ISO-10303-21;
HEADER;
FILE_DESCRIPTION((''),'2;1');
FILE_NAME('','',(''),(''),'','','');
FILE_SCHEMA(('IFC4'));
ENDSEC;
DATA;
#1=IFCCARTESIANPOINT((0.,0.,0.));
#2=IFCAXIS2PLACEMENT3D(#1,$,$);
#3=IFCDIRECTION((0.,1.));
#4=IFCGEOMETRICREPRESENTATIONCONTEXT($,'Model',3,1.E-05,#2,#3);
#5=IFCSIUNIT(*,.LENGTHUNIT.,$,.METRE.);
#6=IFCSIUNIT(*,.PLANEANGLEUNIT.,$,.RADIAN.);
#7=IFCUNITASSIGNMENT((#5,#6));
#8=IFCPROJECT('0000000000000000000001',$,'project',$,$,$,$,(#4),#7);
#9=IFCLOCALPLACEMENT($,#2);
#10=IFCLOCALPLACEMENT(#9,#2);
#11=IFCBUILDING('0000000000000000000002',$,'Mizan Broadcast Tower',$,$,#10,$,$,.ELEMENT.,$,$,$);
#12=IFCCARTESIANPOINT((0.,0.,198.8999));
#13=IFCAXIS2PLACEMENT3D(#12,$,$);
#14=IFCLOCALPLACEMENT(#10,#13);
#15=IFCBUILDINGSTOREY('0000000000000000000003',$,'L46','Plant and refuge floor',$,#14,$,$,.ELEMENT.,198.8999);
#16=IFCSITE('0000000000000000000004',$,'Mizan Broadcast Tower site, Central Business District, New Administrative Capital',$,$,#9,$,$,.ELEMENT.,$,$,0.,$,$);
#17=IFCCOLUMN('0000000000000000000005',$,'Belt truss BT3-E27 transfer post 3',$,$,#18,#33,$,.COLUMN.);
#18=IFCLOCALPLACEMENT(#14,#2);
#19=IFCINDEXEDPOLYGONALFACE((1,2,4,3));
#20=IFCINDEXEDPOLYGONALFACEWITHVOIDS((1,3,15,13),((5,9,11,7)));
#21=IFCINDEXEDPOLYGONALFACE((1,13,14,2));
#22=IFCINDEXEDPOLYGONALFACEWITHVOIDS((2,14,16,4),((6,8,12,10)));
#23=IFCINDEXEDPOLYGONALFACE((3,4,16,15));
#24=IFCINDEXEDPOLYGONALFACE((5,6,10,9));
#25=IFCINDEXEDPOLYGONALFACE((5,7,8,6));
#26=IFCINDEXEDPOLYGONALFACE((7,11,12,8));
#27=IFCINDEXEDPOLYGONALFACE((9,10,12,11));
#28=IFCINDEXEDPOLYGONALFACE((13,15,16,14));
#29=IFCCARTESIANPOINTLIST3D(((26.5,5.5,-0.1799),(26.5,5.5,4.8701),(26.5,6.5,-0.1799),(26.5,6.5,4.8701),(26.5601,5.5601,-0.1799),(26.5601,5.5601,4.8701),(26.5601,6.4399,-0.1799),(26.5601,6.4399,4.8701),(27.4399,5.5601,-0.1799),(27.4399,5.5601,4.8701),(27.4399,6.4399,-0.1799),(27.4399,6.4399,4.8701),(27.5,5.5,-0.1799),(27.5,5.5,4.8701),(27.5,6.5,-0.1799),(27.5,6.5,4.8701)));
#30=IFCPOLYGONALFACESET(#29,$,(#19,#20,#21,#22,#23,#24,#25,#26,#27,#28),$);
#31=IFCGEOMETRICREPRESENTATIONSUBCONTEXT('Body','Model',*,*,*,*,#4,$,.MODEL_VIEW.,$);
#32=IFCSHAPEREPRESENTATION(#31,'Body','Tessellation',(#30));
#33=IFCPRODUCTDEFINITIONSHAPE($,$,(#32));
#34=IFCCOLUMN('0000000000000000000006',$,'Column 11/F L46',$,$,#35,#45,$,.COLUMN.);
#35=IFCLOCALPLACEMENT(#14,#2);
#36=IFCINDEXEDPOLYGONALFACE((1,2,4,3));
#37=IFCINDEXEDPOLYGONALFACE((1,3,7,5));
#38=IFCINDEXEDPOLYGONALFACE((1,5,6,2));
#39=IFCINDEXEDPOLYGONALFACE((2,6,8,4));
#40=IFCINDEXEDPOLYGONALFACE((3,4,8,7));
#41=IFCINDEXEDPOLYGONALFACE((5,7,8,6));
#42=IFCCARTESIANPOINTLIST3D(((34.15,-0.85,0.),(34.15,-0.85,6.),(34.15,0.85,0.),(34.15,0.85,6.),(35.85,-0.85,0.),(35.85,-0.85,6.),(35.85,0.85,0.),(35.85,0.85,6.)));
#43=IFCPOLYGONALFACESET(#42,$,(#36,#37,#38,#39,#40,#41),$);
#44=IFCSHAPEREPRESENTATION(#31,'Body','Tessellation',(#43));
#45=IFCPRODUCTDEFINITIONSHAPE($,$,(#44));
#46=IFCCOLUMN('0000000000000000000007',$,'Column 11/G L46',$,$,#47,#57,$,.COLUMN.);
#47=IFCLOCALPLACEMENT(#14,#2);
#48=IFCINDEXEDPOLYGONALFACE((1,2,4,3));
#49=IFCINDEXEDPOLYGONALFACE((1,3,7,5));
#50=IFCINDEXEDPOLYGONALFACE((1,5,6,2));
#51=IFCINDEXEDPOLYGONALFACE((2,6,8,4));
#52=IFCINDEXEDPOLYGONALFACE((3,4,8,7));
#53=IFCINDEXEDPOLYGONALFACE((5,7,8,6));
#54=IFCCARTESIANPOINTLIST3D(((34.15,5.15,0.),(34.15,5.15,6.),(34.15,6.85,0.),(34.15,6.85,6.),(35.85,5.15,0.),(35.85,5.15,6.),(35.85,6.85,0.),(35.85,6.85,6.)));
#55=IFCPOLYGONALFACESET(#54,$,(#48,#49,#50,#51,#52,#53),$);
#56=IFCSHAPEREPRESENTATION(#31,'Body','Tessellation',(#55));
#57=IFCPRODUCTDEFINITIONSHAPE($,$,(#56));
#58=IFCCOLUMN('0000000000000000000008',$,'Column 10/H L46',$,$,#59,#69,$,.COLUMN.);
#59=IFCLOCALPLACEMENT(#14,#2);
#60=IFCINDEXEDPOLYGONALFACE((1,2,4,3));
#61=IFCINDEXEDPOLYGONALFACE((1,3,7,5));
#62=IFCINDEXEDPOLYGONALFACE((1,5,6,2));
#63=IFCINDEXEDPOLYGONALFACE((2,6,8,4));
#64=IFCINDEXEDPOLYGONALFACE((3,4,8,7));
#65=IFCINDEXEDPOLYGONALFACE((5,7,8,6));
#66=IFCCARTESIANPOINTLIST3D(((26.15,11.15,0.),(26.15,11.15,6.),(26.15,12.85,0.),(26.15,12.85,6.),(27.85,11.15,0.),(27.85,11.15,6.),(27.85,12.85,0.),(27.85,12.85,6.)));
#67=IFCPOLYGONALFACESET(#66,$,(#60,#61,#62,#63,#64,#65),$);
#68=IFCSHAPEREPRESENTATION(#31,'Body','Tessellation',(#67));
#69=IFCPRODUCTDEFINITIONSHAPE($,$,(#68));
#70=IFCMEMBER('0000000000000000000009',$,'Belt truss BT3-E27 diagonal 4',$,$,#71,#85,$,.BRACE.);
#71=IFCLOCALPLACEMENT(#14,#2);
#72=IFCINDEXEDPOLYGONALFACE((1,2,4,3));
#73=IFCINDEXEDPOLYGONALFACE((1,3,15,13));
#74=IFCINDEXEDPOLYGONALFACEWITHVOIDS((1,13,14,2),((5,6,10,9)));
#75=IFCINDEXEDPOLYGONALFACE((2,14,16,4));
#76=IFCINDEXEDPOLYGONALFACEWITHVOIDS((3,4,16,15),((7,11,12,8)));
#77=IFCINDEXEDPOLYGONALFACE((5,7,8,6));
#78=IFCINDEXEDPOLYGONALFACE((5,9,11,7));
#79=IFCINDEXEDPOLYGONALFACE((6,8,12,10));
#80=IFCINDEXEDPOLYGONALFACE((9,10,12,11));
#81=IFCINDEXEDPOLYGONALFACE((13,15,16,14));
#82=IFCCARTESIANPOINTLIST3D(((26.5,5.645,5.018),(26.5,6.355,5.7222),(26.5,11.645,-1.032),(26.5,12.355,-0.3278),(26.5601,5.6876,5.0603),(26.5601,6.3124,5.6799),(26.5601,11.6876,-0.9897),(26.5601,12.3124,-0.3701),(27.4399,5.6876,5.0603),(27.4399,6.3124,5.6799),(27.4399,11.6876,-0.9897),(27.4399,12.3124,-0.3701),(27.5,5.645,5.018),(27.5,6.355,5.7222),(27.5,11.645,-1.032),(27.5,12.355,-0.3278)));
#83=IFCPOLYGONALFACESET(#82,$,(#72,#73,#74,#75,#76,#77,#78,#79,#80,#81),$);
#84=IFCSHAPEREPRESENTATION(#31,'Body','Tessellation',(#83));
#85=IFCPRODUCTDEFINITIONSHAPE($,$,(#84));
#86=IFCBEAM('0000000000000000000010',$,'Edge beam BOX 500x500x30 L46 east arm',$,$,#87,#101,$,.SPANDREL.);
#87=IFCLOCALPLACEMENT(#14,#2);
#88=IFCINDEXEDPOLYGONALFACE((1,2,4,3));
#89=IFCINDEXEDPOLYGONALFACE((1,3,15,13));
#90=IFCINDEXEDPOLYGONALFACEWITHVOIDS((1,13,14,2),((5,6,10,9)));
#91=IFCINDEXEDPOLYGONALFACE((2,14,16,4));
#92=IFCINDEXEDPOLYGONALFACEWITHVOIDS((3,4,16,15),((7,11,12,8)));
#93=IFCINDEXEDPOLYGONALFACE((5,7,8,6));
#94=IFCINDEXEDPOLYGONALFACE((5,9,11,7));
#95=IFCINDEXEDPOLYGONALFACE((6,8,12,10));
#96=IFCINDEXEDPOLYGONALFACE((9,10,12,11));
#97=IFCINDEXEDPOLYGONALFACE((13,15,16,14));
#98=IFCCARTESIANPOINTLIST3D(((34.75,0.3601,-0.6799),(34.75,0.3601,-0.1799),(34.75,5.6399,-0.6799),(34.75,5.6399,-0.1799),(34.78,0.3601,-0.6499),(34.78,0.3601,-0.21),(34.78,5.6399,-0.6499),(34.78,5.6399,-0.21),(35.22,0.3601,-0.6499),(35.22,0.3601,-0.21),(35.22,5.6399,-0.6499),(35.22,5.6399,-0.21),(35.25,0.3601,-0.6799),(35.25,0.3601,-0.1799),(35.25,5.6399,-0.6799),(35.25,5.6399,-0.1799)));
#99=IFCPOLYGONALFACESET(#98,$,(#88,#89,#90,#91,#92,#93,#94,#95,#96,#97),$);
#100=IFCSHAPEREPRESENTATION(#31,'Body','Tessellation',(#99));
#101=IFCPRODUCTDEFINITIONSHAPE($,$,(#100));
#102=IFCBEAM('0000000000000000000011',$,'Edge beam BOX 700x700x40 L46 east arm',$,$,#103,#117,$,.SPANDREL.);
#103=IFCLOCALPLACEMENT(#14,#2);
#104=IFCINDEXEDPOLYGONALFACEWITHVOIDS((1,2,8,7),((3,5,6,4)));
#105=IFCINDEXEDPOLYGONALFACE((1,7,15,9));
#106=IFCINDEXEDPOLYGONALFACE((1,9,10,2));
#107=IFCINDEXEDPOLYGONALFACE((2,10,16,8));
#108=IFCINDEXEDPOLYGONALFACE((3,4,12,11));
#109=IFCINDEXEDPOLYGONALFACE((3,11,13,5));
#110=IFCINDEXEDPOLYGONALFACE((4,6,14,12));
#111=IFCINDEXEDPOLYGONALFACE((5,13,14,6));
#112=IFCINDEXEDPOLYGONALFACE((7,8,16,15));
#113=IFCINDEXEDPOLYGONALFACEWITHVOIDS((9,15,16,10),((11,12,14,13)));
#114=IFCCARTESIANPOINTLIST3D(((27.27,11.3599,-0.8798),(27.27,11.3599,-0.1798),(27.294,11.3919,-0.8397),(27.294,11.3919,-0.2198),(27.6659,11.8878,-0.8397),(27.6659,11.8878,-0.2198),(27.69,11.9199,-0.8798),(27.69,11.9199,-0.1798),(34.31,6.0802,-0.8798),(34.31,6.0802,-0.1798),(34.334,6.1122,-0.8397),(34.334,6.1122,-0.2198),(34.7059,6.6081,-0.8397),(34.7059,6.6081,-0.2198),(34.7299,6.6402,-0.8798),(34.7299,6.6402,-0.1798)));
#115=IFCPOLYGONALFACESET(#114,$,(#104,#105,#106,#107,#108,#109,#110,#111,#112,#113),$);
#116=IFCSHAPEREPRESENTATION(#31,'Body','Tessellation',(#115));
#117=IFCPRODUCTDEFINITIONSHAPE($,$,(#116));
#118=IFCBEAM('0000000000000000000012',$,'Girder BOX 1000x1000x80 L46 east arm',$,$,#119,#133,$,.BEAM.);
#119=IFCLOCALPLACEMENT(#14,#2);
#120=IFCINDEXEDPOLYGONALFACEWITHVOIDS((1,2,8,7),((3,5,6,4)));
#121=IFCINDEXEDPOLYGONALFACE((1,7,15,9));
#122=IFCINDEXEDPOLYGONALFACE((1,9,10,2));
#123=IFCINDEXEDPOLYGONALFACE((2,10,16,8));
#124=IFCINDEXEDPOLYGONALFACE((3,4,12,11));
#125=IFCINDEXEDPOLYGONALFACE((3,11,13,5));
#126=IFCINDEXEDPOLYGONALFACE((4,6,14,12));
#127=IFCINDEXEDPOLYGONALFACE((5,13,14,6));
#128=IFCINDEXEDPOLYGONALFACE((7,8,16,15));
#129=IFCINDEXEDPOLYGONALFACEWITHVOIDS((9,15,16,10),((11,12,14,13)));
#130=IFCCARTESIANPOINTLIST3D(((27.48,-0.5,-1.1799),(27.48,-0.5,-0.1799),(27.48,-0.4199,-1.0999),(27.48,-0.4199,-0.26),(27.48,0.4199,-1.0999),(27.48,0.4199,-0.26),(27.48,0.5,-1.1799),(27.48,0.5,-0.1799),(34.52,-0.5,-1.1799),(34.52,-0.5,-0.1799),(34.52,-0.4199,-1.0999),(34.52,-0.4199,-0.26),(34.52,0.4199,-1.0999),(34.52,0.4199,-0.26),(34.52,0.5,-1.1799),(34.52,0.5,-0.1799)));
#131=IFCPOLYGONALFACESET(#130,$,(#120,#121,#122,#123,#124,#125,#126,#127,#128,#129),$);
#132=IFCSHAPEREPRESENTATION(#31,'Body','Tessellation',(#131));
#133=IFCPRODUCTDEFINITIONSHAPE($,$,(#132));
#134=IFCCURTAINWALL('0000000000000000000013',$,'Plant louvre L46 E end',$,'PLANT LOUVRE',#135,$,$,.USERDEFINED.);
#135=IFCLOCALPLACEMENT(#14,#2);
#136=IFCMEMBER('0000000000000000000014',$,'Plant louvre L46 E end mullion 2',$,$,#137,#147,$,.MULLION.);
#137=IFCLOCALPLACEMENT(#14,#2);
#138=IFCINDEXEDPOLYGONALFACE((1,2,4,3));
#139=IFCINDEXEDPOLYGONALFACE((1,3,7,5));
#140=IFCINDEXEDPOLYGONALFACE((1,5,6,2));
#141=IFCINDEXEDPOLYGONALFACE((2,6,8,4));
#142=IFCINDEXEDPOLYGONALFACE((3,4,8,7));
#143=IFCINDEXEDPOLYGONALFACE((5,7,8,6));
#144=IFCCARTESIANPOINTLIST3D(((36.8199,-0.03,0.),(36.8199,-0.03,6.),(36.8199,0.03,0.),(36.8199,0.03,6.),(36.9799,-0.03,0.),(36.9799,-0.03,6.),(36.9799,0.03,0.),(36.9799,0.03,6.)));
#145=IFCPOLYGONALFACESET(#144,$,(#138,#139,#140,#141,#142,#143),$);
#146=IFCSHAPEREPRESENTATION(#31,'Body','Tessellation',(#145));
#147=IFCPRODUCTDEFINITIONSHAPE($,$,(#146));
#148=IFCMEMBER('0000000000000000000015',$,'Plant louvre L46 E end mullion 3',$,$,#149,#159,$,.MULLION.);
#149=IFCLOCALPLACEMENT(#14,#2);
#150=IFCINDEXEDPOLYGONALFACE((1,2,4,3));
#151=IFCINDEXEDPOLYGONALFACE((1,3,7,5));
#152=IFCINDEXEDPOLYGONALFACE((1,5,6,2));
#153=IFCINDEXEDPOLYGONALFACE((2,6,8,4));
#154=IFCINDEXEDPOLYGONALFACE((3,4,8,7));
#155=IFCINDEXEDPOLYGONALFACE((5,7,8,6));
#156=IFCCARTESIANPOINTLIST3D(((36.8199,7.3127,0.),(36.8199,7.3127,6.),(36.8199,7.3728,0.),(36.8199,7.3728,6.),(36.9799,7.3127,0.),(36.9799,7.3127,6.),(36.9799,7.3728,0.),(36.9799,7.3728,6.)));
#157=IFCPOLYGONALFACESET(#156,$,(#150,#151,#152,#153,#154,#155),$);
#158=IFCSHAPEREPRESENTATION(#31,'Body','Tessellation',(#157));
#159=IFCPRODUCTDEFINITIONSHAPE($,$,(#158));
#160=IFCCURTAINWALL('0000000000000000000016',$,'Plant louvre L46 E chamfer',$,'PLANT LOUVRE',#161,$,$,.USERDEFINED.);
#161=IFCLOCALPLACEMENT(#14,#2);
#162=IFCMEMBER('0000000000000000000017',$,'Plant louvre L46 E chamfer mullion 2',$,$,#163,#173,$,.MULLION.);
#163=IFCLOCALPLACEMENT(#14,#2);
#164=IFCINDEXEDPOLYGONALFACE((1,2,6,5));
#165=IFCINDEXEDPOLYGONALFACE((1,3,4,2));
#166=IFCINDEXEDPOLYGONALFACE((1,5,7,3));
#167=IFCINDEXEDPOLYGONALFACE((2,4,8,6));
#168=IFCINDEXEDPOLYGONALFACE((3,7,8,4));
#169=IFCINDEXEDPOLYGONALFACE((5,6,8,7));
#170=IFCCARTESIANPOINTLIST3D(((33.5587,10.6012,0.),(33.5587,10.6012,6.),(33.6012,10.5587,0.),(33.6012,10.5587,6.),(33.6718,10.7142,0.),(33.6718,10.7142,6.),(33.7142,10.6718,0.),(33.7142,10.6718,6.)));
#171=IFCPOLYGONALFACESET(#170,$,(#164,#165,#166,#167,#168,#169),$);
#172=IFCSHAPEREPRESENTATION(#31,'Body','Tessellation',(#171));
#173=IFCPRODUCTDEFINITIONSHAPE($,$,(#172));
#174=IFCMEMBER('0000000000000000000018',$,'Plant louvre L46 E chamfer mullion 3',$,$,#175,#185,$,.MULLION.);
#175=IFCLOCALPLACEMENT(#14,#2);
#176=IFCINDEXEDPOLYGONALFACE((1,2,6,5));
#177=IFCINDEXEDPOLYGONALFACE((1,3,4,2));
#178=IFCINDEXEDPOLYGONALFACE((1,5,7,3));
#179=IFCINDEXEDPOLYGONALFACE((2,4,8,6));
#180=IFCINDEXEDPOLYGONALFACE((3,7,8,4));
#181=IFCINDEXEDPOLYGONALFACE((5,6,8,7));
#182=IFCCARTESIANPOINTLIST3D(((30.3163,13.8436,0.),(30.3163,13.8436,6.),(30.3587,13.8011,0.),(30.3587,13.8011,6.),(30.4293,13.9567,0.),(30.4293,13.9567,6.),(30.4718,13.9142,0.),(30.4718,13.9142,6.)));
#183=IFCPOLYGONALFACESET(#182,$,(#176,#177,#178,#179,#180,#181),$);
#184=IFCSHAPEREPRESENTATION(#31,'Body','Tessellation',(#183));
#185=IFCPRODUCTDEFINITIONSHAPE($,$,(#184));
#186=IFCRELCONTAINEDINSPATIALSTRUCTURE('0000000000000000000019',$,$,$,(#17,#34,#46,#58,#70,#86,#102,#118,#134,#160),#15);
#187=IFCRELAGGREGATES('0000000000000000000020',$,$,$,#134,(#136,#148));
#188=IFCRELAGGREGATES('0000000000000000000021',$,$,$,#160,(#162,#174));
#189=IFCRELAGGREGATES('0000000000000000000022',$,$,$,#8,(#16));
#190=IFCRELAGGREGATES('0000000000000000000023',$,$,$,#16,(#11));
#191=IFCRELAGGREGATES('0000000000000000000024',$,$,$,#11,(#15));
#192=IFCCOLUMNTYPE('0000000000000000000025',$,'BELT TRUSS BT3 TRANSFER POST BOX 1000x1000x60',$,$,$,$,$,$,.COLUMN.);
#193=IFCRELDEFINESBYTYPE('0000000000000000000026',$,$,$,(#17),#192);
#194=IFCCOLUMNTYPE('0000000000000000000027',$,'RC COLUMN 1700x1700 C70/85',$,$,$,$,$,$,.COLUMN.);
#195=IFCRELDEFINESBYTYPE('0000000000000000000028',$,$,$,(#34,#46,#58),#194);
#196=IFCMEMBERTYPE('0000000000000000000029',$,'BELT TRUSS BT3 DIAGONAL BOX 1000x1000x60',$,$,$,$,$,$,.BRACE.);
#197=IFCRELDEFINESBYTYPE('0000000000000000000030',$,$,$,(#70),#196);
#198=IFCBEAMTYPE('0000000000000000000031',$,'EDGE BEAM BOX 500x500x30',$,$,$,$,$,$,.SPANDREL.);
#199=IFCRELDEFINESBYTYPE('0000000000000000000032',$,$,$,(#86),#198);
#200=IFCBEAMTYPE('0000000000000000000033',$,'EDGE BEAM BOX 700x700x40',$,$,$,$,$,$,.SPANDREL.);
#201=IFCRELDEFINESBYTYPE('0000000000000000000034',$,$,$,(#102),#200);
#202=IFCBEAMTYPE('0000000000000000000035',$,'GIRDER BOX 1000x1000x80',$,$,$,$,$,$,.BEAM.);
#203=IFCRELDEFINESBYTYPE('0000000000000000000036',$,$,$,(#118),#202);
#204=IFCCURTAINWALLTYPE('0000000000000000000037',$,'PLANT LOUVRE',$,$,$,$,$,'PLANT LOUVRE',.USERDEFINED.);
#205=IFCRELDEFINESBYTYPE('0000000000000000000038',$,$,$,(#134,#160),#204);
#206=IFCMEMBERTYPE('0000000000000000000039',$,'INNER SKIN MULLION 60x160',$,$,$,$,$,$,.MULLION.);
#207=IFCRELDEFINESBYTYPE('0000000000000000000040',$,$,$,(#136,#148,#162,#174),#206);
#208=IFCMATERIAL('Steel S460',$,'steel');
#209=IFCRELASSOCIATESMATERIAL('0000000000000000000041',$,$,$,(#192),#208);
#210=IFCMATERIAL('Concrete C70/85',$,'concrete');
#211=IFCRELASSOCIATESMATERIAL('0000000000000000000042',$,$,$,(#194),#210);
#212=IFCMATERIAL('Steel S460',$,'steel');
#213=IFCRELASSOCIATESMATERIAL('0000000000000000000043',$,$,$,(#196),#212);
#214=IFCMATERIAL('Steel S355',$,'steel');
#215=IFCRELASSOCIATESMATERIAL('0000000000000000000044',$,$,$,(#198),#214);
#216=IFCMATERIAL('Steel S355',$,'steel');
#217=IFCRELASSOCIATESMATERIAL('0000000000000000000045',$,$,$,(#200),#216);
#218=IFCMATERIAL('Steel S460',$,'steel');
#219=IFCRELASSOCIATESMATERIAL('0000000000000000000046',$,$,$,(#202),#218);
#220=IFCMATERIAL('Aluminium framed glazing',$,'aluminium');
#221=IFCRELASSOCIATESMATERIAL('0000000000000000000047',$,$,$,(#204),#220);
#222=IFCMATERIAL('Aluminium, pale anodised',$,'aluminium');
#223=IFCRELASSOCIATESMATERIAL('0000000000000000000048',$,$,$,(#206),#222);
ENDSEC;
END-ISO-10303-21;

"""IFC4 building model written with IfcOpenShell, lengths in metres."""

from ifc_helpers import new_model, si_unit, direction, frame, origin, origin_2d, place, context, subcontext, project, spatial, rectangle, hollow_rectangle, extrude, material, material_profile, profile_set, type_object, element, aggregate, save


model = new_model("IFC4")

# Units and contexts
model_context = context("Model", 3, precision=1e-05, world=origin(), true_north=direction((0.0, 1.0)))
body_context = subcontext(model_context, "Body", "Model", "MODEL_VIEW")
ifc_project = project(units=[si_unit("LENGTHUNIT", "METRE"), si_unit("PLANEANGLEUNIT", "RADIAN")], contexts=[model_context])

# Site, building, storey
site_placement = place(None, origin())
site = spatial("IfcSite", under=ifc_project, at=site_placement, Name="Mizan Broadcast Tower site, Central Business District, New Administrative Capital", CompositionType="ELEMENT", RefElevation=0.0)
building_placement = place(site_placement, origin())
building = spatial("IfcBuilding", under=site, at=building_placement, Name="Mizan Broadcast Tower", CompositionType="ELEMENT")
storey_placement = place(building_placement, frame((0.0, 0.0, 198.8999)))
storey = spatial("IfcBuildingStorey", under=building, at=storey_placement, Name="L46", Description="Plant and refuge floor", CompositionType="ELEMENT", Elevation=198.8999)

# Columns
ifc_material_1 = material(Name="Steel S460", Category="steel")
ifc_material_profile_1 = material_profile(ifc_material_1, hollow_rectangle(XDim=1.0, YDim=1.0, WallThickness=0.0601, at=origin_2d()), Name="BOX 1000x1000x60")
ifc_profile_set_1 = profile_set([ifc_material_profile_1], Name="Steel S460")
column_type_1 = type_object("IfcColumnType", Name="BELT TRUSS BT3 TRANSFER POST BOX 1000x1000x60", PredefinedType="COLUMN", material=ifc_profile_set_1)
column_placement = place(storey_placement, frame((27.0, 6.0, -0.1799), z_axis=(0.0, 0.0, 1.0), x_axis=(1.0, 0.0, 0.0)))
element("IfcColumn", 1, at=column_placement, inside=storey, type_object=column_type_1, Name="Belt truss BT3-E27 transfer post 3", PredefinedType="COLUMN", context=body_context, shape_type="SweptSolid", body=[
    extrude(hollow_rectangle(XDim=1.0, YDim=1.0, WallThickness=0.0601, at=origin_2d()), origin(), (0.0, 0.0, 1.0), 5.05),
])
ifc_material_2 = material(Name="Concrete C70/85", Category="concrete")
ifc_material_profile_2 = material_profile(ifc_material_2, rectangle(XDim=1.7, YDim=1.7, at=origin_2d()), Name="RC 1700x1700")
ifc_profile_set_2 = profile_set([ifc_material_profile_2], Name="Concrete C70/85")
column_type_2 = type_object("IfcColumnType", Name="RC COLUMN 1700x1700 C70/85", PredefinedType="COLUMN", material=ifc_profile_set_2)
for number, where, z_axis, x_axis, name in (
    (2, (35.0, 0.0, 0.0), (0.0, 0.0, 1.0), (1.0, 0.0, 0.0), "Column 11/F L46"),
    (3, (35.0, 6.0, 0.0), (0.0, 0.0, 1.0), (1.0, 0.0, 0.0), "Column 11/G L46"),
    (4, (27.0, 12.0, 0.0), (0.0, 0.0, 1.0), (1.0, 0.0, 0.0), "Column 10/H L46"),
):
    element("IfcColumn", number, at=place(storey_placement, frame(where, z_axis=z_axis, x_axis=x_axis)), inside=storey, type_object=column_type_2, Name=name, PredefinedType="COLUMN", context=body_context, shape_type="SweptSolid", body=[
        extrude(rectangle(XDim=1.7, YDim=1.7, at=origin_2d()), origin(), (0.0, 0.0, 1.0), 6.0),
    ])

# Member
ifc_material_3 = material(Name="Steel S460", Category="steel")
ifc_material_profile_3 = material_profile(ifc_material_3, hollow_rectangle(XDim=1.0, YDim=1.0, WallThickness=0.0601, at=origin_2d()), Name="BOX 1000x1000x60")
ifc_profile_set_3 = profile_set([ifc_material_profile_3], Name="Steel S460")
member_type_1 = type_object("IfcMemberType", Name="BELT TRUSS BT3 DIAGONAL BOX 1000x1000x60", PredefinedType="BRACE", material=ifc_profile_set_3)
member_1_placement = place(storey_placement, frame((27.0, 12.0, -0.6799), z_axis=(0.0, -0.704164, 0.710038), x_axis=(1.0, 0.0, 0.0)))
element("IfcMember", 5, at=member_1_placement, inside=storey, type_object=member_type_1, Name="Belt truss BT3-E27 diagonal 4", PredefinedType="BRACE", context=body_context, shape_type="SweptSolid", body=[
    extrude(hollow_rectangle(XDim=1.0, YDim=1.0, WallThickness=0.0601, at=origin_2d()), origin(), (0.0, 0.0, 1.0), 8.5208),
])

# Beams
ifc_material_4 = material(Name="Steel S355", Category="steel")
ifc_material_profile_4 = material_profile(ifc_material_4, hollow_rectangle(XDim=0.5, YDim=0.5, WallThickness=0.03, at=origin_2d()), Name="BOX 500x500x30")
ifc_profile_set_4 = profile_set([ifc_material_profile_4], Name="Steel S355")
beam_type_1 = type_object("IfcBeamType", Name="EDGE BEAM BOX 500x500x30", PredefinedType="SPANDREL", material=ifc_profile_set_4)
beam_1_placement = place(storey_placement, frame((35.0, 5.6399, -0.4299), z_axis=(0.0, -1.0, 0.0), x_axis=(1.0, 0.0, 0.0)))
element("IfcBeam", 6, at=beam_1_placement, inside=storey, type_object=beam_type_1, Name="Edge beam BOX 500x500x30 L46 east arm", PredefinedType="SPANDREL", context=body_context, shape_type="SweptSolid", body=[
    extrude(hollow_rectangle(XDim=0.5, YDim=0.5, WallThickness=0.03, at=origin_2d()), origin(), (0.0, 0.0, 1.0), 5.2798),
])
ifc_material_5 = material(Name="Steel S355", Category="steel")
ifc_material_profile_5 = material_profile(ifc_material_5, hollow_rectangle(XDim=0.7, YDim=0.7, WallThickness=0.04, at=origin_2d()), Name="BOX 700x700x40")
ifc_profile_set_5 = profile_set([ifc_material_profile_5], Name="Steel S355")
beam_type_2 = type_object("IfcBeamType", Name="EDGE BEAM BOX 700x700x40", PredefinedType="SPANDREL", material=ifc_profile_set_5)
beam_2_placement = place(storey_placement, frame((27.48, 11.6399, -0.5298), z_axis=(0.800013, -0.599982, 0.0), x_axis=(0.599982, 0.800013, 0.0)))
element("IfcBeam", 7, at=beam_2_placement, inside=storey, type_object=beam_type_2, Name="Edge beam BOX 700x700x40 L46 east arm", PredefinedType="SPANDREL", context=body_context, shape_type="SweptSolid", body=[
    extrude(hollow_rectangle(XDim=0.7, YDim=0.7, WallThickness=0.04, at=origin_2d()), origin(), (0.0, 0.0, 1.0), 8.7998),
])
ifc_material_6 = material(Name="Steel S460", Category="steel")
ifc_material_profile_6 = material_profile(ifc_material_6, hollow_rectangle(XDim=1.0, YDim=1.0, WallThickness=0.0801, at=origin_2d()), Name="BOX 1000x1000x80")
ifc_profile_set_6 = profile_set([ifc_material_profile_6], Name="Steel S460")
beam_type_3 = type_object("IfcBeamType", Name="GIRDER BOX 1000x1000x80", PredefinedType="BEAM", material=ifc_profile_set_6)
beam_3_placement = place(storey_placement, frame((27.48, 0.0, -0.6799), z_axis=(1.0, 0.0, 0.0), x_axis=(0.0, 1.0, 0.0)))
element("IfcBeam", 8, at=beam_3_placement, inside=storey, type_object=beam_type_3, Name="Girder BOX 1000x1000x80 L46 east arm", PredefinedType="BEAM", context=body_context, shape_type="SweptSolid", body=[
    extrude(hollow_rectangle(XDim=1.0, YDim=1.0, WallThickness=0.0801, at=origin_2d()), origin(), (0.0, 0.0, 1.0), 7.04),
])

# Curtain walls, members
ifc_material_7 = material(Name="Aluminium framed glazing", Category="aluminium")
curtain_wall_type = type_object("IfcCurtainWallType", Name="PLANT LOUVRE", ElementType="PLANT LOUVRE", PredefinedType="USERDEFINED", material=ifc_material_7)
curtain_wall_1_placement = place(storey_placement, origin())
curtain_wall_1 = element("IfcCurtainWall", 9, at=curtain_wall_1_placement, inside=storey, type_object=curtain_wall_type, Name="Plant louvre L46 E end", ObjectType="PLANT LOUVRE", PredefinedType="USERDEFINED")
ifc_material_8 = material(Name="Aluminium, pale anodised", Category="aluminium")
ifc_material_profile_7 = material_profile(ifc_material_8, rectangle(XDim=0.1599, YDim=0.0601, at=origin_2d()), Name="MULLION 160x60")
ifc_profile_set_7 = profile_set([ifc_material_profile_7], Name="Aluminium, pale anodised")
member_type_2 = type_object("IfcMemberType", Name="INNER SKIN MULLION 60x160", PredefinedType="MULLION", material=ifc_profile_set_7)
member_2_placement = place(storey_placement, frame((36.8999, 0.0, 0.0), z_axis=(0.0, 0.0, 1.0), x_axis=(-1.0, 0.0, 0.0)))
member_2 = element("IfcMember", 10, at=member_2_placement, type_object=member_type_2, Name="Plant louvre L46 E end mullion 2", PredefinedType="MULLION", context=body_context, shape_type="SweptSolid", body=[
    extrude(rectangle(XDim=0.1599, YDim=0.0601, at=origin_2d()), origin(), (0.0, 0.0, 1.0), 6.0),
])
member_3_placement = place(storey_placement, frame((36.8999, 7.3428, 0.0), z_axis=(0.0, 0.0, 1.0), x_axis=(-1.0, 0.0, 0.0)))
member_3 = element("IfcMember", 11, at=member_3_placement, type_object=member_type_2, Name="Plant louvre L46 E end mullion 3", PredefinedType="MULLION", context=body_context, shape_type="SweptSolid", body=[
    extrude(rectangle(XDim=0.1599, YDim=0.0601, at=origin_2d()), origin(), (0.0, 0.0, 1.0), 6.0),
])
curtain_wall_2_placement = place(storey_placement, origin())
curtain_wall_2 = element("IfcCurtainWall", 12, at=curtain_wall_2_placement, inside=storey, type_object=curtain_wall_type, Name="Plant louvre L46 E chamfer", ObjectType="PLANT LOUVRE", PredefinedType="USERDEFINED")
member_4_placement = place(storey_placement, frame((33.6365, 10.6365, 0.0), z_axis=(0.0, 0.0, 1.0), x_axis=(-0.707107, -0.707107, 0.0)))
member_4 = element("IfcMember", 13, at=member_4_placement, type_object=member_type_2, Name="Plant louvre L46 E chamfer mullion 2", PredefinedType="MULLION", context=body_context, shape_type="SweptSolid", body=[
    extrude(rectangle(XDim=0.1599, YDim=0.0601, at=origin_2d()), origin(), (0.0, 0.0, 1.0), 6.0),
])
member_5_placement = place(storey_placement, frame((30.394, 13.8789, 0.0), z_axis=(0.0, 0.0, 1.0), x_axis=(-0.707107, -0.707107, 0.0)))
member_5 = element("IfcMember", 14, at=member_5_placement, type_object=member_type_2, Name="Plant louvre L46 E chamfer mullion 3", PredefinedType="MULLION", context=body_context, shape_type="SweptSolid", body=[
    extrude(rectangle(XDim=0.1599, YDim=0.0601, at=origin_2d()), origin(), (0.0, 0.0, 1.0), 6.0),
])

aggregate(curtain_wall_1, [member_2, member_3])
aggregate(curtain_wall_2, [member_4, member_5])

save(model, "model.ifc")
